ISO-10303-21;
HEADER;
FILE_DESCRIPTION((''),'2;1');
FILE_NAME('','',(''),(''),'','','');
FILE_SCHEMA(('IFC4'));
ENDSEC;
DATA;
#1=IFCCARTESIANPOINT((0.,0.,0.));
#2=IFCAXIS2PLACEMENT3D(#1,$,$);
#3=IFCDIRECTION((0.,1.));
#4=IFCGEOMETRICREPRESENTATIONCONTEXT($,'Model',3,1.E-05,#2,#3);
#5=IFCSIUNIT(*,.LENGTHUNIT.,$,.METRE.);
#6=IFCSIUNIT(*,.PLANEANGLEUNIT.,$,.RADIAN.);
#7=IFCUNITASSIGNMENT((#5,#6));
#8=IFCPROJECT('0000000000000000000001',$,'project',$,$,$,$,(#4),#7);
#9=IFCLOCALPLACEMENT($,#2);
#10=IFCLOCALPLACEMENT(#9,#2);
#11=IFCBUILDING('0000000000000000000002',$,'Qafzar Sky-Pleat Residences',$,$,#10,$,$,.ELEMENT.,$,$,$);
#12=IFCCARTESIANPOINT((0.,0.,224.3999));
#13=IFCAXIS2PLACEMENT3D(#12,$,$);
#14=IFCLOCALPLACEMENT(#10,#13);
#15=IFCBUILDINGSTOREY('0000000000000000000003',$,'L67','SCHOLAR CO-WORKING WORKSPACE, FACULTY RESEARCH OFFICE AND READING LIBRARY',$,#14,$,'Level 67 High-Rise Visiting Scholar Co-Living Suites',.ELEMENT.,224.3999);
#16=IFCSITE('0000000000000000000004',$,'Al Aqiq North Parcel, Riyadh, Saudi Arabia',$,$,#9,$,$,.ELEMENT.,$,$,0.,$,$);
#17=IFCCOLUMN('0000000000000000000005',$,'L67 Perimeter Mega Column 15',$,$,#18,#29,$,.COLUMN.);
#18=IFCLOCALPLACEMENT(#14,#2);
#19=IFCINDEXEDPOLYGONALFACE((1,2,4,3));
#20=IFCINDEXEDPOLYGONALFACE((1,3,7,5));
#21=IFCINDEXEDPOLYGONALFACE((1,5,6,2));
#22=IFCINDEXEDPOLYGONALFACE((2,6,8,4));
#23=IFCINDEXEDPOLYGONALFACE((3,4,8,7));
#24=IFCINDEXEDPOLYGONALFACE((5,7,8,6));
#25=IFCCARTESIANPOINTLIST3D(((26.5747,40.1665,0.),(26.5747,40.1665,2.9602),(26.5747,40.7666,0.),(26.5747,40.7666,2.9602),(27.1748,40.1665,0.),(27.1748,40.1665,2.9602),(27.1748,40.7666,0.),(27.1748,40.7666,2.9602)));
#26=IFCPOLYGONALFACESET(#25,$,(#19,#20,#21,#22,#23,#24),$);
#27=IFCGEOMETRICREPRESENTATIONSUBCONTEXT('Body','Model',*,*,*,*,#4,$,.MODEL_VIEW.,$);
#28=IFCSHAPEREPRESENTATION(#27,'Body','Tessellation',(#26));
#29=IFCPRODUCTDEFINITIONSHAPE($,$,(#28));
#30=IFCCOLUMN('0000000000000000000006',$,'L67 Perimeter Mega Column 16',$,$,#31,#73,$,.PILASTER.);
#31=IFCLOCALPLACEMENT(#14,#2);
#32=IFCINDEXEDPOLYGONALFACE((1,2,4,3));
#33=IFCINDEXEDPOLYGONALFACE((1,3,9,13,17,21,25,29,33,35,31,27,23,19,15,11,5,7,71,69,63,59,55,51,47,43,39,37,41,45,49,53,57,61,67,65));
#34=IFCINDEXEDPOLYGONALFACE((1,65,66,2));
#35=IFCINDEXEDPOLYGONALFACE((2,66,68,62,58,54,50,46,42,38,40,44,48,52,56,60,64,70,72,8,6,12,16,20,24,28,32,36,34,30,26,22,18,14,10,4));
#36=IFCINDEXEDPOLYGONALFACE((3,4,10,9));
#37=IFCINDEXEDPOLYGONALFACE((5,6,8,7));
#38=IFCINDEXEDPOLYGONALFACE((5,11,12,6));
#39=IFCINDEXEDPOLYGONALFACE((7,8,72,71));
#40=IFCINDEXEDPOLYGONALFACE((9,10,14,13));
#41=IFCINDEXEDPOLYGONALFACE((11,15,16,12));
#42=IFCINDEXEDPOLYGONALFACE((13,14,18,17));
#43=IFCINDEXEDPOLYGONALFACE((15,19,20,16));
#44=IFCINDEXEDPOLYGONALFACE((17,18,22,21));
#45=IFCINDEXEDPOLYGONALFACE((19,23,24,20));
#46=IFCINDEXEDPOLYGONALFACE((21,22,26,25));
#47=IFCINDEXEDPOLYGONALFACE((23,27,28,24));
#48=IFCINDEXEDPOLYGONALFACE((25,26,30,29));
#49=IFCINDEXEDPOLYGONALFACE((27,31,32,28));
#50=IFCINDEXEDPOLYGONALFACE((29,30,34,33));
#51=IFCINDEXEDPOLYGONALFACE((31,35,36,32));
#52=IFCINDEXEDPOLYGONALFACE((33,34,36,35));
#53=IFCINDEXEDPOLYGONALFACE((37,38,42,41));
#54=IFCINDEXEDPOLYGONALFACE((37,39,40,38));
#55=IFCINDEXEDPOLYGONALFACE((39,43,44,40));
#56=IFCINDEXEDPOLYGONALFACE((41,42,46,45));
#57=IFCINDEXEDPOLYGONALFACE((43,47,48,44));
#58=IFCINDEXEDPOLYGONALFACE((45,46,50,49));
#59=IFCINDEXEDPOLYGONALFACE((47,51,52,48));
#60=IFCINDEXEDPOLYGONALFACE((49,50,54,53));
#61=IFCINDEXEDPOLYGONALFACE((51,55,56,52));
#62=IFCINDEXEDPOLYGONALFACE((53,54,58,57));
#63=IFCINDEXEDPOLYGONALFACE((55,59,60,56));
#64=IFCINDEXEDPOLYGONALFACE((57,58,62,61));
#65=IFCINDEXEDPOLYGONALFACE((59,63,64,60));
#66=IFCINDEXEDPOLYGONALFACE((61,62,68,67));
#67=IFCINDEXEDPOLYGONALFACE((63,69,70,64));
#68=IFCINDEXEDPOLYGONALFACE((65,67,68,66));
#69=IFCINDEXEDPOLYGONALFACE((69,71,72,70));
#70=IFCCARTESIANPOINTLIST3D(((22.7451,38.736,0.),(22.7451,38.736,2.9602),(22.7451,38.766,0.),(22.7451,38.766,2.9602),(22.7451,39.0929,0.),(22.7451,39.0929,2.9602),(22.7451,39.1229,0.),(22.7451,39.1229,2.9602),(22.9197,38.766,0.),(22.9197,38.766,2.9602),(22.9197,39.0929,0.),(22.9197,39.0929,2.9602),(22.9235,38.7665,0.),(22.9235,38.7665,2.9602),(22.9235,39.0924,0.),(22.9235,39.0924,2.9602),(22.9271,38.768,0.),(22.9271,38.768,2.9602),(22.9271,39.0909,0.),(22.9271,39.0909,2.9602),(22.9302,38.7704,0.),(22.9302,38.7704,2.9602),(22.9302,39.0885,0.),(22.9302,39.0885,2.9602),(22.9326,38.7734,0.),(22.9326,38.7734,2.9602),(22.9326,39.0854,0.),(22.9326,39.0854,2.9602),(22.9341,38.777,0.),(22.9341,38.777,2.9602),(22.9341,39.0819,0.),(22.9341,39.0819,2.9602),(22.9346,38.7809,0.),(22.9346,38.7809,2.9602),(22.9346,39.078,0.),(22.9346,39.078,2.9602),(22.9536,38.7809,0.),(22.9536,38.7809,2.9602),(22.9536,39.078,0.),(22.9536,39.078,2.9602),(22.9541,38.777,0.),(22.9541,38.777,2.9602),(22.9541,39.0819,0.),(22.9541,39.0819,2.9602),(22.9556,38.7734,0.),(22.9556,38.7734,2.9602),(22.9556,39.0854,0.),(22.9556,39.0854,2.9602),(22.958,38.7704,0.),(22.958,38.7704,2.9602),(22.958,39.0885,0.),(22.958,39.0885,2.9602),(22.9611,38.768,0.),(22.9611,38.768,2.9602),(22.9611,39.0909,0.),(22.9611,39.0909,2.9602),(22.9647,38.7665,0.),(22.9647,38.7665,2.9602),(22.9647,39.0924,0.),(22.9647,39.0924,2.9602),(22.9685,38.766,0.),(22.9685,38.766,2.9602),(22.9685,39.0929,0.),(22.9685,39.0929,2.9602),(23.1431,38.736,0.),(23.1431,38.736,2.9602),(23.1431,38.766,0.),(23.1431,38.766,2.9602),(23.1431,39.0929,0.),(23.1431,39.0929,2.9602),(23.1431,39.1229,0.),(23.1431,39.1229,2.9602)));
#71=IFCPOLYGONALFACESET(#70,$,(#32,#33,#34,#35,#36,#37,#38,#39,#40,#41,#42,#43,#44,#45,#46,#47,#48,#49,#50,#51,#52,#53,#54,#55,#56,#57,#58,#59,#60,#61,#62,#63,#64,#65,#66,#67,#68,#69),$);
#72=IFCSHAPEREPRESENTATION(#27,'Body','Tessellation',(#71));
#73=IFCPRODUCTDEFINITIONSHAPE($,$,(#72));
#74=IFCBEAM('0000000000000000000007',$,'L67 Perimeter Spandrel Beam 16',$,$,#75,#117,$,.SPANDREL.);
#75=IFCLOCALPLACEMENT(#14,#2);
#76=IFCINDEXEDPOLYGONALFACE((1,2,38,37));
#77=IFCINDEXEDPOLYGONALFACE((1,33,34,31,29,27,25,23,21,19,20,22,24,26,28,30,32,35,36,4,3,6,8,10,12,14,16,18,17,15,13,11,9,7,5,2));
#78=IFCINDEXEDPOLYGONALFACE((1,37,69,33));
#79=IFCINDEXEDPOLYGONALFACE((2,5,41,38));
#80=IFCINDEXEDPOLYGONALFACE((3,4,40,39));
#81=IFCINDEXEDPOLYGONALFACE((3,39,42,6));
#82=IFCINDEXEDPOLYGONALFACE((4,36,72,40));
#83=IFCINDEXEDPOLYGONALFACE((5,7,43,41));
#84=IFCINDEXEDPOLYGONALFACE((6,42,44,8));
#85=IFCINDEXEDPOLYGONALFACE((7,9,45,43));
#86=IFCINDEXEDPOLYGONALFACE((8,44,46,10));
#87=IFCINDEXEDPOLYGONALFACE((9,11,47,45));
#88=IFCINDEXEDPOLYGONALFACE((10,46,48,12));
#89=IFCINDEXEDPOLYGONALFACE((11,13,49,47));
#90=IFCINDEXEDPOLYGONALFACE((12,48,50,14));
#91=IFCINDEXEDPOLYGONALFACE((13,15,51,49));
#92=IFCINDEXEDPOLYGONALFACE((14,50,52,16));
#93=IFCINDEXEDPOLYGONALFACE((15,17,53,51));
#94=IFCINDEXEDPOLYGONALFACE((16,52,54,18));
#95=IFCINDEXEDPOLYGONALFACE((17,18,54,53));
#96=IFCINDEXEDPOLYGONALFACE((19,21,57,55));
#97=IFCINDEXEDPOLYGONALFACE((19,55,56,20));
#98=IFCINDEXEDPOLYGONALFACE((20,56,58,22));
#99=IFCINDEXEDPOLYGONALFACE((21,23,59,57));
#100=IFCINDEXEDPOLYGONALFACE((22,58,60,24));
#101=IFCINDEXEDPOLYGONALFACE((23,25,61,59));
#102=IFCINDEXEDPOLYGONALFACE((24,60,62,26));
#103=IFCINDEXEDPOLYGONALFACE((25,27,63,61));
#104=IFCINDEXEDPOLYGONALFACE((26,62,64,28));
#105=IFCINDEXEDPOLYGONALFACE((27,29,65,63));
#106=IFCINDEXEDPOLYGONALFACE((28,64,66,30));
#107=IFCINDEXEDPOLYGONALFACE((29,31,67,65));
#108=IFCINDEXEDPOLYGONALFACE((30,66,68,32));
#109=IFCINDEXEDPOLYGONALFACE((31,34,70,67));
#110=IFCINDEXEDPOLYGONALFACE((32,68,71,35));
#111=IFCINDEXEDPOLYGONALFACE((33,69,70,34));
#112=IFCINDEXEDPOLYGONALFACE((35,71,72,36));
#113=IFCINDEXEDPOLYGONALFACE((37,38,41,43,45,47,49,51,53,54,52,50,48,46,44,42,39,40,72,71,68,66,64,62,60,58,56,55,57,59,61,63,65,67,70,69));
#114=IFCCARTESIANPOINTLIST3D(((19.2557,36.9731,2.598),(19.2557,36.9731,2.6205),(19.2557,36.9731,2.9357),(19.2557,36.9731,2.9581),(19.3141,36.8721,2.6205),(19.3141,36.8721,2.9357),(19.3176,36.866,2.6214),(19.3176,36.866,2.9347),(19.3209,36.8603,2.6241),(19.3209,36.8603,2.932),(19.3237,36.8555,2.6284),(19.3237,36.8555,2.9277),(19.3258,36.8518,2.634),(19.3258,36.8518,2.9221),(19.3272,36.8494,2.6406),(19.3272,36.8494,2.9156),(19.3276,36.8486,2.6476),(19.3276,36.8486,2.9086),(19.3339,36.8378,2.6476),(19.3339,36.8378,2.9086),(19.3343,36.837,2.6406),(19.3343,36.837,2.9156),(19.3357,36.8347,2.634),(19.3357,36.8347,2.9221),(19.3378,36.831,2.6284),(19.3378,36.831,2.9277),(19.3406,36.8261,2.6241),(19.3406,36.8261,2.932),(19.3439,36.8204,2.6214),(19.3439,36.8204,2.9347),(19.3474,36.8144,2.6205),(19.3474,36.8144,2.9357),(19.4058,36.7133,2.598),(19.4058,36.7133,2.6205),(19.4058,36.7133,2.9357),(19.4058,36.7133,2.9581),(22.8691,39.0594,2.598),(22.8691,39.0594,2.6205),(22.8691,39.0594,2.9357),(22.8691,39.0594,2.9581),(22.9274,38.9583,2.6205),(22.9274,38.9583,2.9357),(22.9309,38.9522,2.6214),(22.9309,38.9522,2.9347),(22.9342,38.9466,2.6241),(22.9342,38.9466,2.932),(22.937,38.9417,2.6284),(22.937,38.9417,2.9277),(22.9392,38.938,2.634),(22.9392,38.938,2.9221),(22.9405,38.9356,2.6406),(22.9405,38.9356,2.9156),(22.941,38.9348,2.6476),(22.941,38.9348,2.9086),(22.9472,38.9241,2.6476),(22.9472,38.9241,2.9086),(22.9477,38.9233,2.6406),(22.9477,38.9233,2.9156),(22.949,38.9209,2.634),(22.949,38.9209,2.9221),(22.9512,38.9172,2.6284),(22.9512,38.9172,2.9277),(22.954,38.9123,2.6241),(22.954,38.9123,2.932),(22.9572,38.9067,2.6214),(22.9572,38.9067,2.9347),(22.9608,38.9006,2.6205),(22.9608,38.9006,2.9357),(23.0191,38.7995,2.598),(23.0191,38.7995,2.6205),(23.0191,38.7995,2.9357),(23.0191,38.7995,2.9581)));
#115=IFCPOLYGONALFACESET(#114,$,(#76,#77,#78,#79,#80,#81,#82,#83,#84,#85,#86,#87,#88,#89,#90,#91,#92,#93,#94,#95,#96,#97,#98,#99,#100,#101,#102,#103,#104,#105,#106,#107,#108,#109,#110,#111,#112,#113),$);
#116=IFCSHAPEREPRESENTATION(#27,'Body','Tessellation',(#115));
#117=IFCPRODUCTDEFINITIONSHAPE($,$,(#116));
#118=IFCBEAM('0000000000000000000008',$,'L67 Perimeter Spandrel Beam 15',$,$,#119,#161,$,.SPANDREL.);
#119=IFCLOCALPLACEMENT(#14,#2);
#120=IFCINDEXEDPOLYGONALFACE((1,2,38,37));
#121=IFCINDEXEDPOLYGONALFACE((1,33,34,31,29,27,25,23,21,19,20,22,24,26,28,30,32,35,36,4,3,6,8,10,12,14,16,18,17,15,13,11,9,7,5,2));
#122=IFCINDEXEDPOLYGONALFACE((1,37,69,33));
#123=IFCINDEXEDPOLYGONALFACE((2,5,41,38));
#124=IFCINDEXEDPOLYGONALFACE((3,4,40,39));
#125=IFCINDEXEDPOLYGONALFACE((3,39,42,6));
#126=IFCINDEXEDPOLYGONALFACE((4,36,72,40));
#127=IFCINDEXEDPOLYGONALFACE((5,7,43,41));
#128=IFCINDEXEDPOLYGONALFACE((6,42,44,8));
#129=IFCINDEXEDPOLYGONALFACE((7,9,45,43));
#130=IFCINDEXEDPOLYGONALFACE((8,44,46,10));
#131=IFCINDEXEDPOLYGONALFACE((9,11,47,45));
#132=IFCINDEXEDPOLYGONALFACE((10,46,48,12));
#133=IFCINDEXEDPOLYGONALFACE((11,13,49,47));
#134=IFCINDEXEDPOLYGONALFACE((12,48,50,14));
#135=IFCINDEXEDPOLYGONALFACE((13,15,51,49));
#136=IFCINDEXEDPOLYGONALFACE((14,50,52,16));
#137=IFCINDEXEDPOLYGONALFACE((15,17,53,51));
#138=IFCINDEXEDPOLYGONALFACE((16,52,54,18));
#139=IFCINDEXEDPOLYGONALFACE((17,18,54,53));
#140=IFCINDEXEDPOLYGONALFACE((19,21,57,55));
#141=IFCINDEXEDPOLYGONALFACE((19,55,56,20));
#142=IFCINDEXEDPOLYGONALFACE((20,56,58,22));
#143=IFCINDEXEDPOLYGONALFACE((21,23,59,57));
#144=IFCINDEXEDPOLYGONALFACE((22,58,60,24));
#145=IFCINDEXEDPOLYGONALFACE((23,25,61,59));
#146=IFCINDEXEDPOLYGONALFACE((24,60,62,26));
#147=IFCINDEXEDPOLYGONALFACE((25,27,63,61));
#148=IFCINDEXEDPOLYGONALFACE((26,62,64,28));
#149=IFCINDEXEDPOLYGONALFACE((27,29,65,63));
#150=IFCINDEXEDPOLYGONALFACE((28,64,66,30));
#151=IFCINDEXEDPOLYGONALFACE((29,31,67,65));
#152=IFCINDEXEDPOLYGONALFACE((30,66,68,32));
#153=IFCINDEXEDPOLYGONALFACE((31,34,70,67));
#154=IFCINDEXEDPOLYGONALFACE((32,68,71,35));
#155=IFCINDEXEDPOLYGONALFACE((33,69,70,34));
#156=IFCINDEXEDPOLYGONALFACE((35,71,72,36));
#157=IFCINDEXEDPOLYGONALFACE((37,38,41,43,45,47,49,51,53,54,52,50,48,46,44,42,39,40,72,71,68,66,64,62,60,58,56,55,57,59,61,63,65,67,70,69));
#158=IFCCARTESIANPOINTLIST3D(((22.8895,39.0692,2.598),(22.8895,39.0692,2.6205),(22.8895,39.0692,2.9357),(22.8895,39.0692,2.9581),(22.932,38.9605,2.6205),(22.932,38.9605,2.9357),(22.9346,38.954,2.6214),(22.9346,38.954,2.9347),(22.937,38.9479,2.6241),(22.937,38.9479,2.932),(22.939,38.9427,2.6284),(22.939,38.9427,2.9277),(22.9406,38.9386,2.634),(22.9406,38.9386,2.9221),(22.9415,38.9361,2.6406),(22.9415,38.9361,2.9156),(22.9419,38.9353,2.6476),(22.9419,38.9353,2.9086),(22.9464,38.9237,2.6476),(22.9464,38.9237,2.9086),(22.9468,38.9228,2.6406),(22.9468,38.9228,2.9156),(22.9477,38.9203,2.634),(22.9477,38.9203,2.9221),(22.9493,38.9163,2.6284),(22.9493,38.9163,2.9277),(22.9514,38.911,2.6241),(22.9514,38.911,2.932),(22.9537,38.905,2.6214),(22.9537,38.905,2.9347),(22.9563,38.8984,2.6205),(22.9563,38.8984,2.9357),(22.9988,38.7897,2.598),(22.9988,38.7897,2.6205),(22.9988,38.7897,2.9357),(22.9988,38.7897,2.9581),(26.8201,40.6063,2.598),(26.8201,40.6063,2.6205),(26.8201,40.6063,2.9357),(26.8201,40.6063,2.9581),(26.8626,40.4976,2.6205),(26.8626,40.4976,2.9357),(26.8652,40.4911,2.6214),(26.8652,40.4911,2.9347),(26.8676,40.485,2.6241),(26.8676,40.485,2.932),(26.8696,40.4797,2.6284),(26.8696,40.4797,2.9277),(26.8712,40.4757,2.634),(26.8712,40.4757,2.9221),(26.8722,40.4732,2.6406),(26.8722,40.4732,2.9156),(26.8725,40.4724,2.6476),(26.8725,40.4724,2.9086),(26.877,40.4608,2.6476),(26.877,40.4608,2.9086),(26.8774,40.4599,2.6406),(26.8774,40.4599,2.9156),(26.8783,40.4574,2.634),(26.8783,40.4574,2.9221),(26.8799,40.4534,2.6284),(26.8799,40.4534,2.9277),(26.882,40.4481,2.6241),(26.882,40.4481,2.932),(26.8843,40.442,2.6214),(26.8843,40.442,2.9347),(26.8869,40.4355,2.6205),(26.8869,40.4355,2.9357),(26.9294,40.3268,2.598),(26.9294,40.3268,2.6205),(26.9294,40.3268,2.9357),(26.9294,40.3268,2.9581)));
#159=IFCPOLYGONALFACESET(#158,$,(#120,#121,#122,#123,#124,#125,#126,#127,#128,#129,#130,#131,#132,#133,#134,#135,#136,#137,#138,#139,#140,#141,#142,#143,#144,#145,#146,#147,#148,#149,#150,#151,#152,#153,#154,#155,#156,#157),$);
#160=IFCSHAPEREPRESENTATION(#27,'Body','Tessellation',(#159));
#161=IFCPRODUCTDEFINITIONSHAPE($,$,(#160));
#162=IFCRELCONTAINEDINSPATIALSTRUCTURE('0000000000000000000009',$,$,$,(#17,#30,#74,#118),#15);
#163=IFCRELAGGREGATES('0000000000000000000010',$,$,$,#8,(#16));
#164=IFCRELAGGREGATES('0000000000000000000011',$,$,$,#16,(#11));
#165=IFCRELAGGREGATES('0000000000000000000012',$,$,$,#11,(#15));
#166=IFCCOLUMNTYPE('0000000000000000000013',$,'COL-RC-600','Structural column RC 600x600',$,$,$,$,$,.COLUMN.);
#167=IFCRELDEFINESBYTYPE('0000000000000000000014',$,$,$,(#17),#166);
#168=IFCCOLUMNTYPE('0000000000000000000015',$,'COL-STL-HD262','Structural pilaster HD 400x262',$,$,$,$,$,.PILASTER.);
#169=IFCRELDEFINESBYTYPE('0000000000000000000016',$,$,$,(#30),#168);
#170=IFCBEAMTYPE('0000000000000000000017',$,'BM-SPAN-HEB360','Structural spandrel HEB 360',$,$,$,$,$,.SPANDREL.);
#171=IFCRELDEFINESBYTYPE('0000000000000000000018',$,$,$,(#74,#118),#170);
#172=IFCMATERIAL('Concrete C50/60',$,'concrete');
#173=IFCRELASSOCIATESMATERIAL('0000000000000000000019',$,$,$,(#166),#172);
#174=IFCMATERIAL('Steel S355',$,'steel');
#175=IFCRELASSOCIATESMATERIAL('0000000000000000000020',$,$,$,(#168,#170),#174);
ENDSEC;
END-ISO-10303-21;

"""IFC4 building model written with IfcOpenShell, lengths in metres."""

from ifc_helpers import new_model, si_unit, direction, frame, origin, origin_2d, place, context, subcontext, project, spatial, rectangle, i_section, extrude, source, transform, mapped, material, material_profile, profile_set, type_object, element, save


model = new_model("IFC4")

# Units and contexts
model_context = context("Model", 3, precision=1e-05, world=origin(), true_north=direction((0.0, 1.0)))
body_context = subcontext(model_context, "Body", "Model", "MODEL_VIEW")
ifc_project = project(units=[si_unit("LENGTHUNIT", "METRE"), si_unit("PLANEANGLEUNIT", "RADIAN")], contexts=[model_context])

# Site, building, storey
site_placement = place(None, origin())
site = spatial("IfcSite", under=ifc_project, at=site_placement, Name="Al Aqiq North Parcel, Riyadh, Saudi Arabia", CompositionType="ELEMENT", RefElevation=0.0)
building_placement = place(site_placement, origin())
building = spatial("IfcBuilding", under=site, at=building_placement, Name="Qafzar Sky-Pleat Residences", CompositionType="ELEMENT")
storey_placement = place(building_placement, frame((0.0, 0.0, 224.3999)))
storey = spatial("IfcBuildingStorey", under=building, at=storey_placement, Name="L67", Description="SCHOLAR CO-WORKING WORKSPACE, FACULTY RESEARCH OFFICE AND READING LIBRARY", LongName="Level 67 High-Rise Visiting Scholar Co-Living Suites", CompositionType="ELEMENT", Elevation=224.3999)

# Columns
ifc_material_1 = material(Name="Concrete C50/60", Category="concrete")
ifc_material_profile_1 = material_profile(ifc_material_1, rectangle(XDim=0.6001, YDim=0.6001, at=origin_2d()), Name="RC 600x600")
ifc_profile_set_1 = profile_set([ifc_material_profile_1], Name="Concrete C50/60")
column_type_1 = type_object("IfcColumnType", Name="COL-RC-600", Description="Structural column RC 600x600", PredefinedType="COLUMN", material=ifc_profile_set_1)
shared_shape_1 = source(origin(), body_context, "Body", "SweptSolid", [
    extrude(rectangle(XDim=0.6001, YDim=0.6001, at=origin_2d()), origin(), (0.0, 0.0, 1.0), 2.9602),
])
column_1_placement = place(storey_placement, frame((26.8748, 40.4666, 0.0), z_axis=(0.0, 0.0, 1.0), x_axis=(1.0, 0.0, 0.0)))
element("IfcColumn", 1, at=column_1_placement, inside=storey, type_object=column_type_1, Name="L67 Perimeter Mega Column 15", PredefinedType="COLUMN", context=body_context, shape_type="MappedRepresentation", body=[
    mapped(shared_shape_1, transform((0.0, 0.0, 0.0), x_axis=(1.0, 0.0, 0.0), y_axis=(0.0, 1.0, 0.0), z_axis=(0.0, 0.0, 1.0), scale=1.0)),
])
ifc_material_2 = material(Name="Steel S355", Category="steel")
ifc_material_profile_2 = material_profile(ifc_material_2, i_section(OverallWidth=0.3979, OverallDepth=0.387, WebThickness=0.019, FlangeThickness=0.03, FilletRadius=0.0149, at=origin_2d()), Name="HD 400x262")
ifc_profile_set_2 = profile_set([ifc_material_profile_2], Name="Steel S355")
column_type_2 = type_object("IfcColumnType", Name="COL-STL-HD262", Description="Structural pilaster HD 400x262", PredefinedType="PILASTER", material=ifc_profile_set_2)
shared_shape_2 = source(origin(), body_context, "Body", "SweptSolid", [
    extrude(i_section(OverallWidth=0.3979, OverallDepth=0.387, WebThickness=0.019, FlangeThickness=0.03, FilletRadius=0.0149, at=origin_2d()), origin(), (0.0, 0.0, 1.0), 2.9602),
])
column_2_placement = place(storey_placement, frame((22.9441, 38.9294, 0.0), z_axis=(0.0, 0.0, 1.0), x_axis=(1.0, 0.0, 0.0)))
element("IfcColumn", 2, at=column_2_placement, inside=storey, type_object=column_type_2, Name="L67 Perimeter Mega Column 16", PredefinedType="PILASTER", context=body_context, shape_type="MappedRepresentation", body=[
    mapped(shared_shape_2, transform((0.0, 0.0, 0.0), x_axis=(1.0, 0.0, 0.0), y_axis=(0.0, 1.0, 0.0), z_axis=(0.0, 0.0, 1.0), scale=1.0)),
])

# Beams
ifc_material_profile_3 = material_profile(ifc_material_2, i_section(OverallWidth=0.3, OverallDepth=0.3601, WebThickness=0.0125, FlangeThickness=0.0225, FilletRadius=0.0271, at=origin_2d()), Name="HEB 360")
ifc_profile_set_3 = profile_set([ifc_material_profile_3], Name="Steel S355")
beam_type_1 = type_object("IfcBeamType", Name="BM-SPAN-HEB360", Description="Structural spandrel HEB 360", PredefinedType="SPANDREL", material=ifc_profile_set_3)
shared_shape_3 = source(origin(), body_context, "Body", "SweptSolid", [
    extrude(i_section(OverallWidth=0.3, OverallDepth=0.3601, WebThickness=0.0125, FlangeThickness=0.0225, FilletRadius=0.0271, at=origin_2d()), origin(), (0.0, 0.0, 1.0), 4.1724),
])
beam_1_placement = place(storey_placement, frame((22.9441, 38.9294, 2.7781), z_axis=(-0.86602, -0.500009, 0.0), x_axis=(0.500009, -0.86602, 0.0)))
element("IfcBeam", 3, at=beam_1_placement, inside=storey, type_object=beam_type_1, Name="L67 Perimeter Spandrel Beam 16", PredefinedType="SPANDREL", context=body_context, shape_type="MappedRepresentation", body=[
    mapped(shared_shape_3, transform((0.0, 0.0, 0.0), x_axis=(1.0, 0.0, 0.0), y_axis=(0.0, 1.0, 0.0), z_axis=(0.0, 0.0, 1.0), scale=1.0)),
])
shared_shape_4 = source(origin(), body_context, "Body", "SweptSolid", [
    extrude(i_section(OverallWidth=0.3, OverallDepth=0.3601, WebThickness=0.0125, FlangeThickness=0.0225, FilletRadius=0.0271, at=origin_2d()), origin(), (0.0, 0.0, 1.0), 4.2205),
])
beam_2_placement = place(storey_placement, frame((26.8748, 40.4666, 2.7781), z_axis=(-0.931321, -0.364199, 0.0), x_axis=(0.364199, -0.931321, 0.0)))
element("IfcBeam", 4, at=beam_2_placement, inside=storey, type_object=beam_type_1, Name="L67 Perimeter Spandrel Beam 15", PredefinedType="SPANDREL", context=body_context, shape_type="MappedRepresentation", body=[
    mapped(shared_shape_4, transform((0.0, 0.0, 0.0), x_axis=(1.0, 0.0, 0.0), y_axis=(0.0, 1.0, 0.0), z_axis=(0.0, 0.0, 1.0), scale=1.0)),
])

save(model, "model.ifc")
